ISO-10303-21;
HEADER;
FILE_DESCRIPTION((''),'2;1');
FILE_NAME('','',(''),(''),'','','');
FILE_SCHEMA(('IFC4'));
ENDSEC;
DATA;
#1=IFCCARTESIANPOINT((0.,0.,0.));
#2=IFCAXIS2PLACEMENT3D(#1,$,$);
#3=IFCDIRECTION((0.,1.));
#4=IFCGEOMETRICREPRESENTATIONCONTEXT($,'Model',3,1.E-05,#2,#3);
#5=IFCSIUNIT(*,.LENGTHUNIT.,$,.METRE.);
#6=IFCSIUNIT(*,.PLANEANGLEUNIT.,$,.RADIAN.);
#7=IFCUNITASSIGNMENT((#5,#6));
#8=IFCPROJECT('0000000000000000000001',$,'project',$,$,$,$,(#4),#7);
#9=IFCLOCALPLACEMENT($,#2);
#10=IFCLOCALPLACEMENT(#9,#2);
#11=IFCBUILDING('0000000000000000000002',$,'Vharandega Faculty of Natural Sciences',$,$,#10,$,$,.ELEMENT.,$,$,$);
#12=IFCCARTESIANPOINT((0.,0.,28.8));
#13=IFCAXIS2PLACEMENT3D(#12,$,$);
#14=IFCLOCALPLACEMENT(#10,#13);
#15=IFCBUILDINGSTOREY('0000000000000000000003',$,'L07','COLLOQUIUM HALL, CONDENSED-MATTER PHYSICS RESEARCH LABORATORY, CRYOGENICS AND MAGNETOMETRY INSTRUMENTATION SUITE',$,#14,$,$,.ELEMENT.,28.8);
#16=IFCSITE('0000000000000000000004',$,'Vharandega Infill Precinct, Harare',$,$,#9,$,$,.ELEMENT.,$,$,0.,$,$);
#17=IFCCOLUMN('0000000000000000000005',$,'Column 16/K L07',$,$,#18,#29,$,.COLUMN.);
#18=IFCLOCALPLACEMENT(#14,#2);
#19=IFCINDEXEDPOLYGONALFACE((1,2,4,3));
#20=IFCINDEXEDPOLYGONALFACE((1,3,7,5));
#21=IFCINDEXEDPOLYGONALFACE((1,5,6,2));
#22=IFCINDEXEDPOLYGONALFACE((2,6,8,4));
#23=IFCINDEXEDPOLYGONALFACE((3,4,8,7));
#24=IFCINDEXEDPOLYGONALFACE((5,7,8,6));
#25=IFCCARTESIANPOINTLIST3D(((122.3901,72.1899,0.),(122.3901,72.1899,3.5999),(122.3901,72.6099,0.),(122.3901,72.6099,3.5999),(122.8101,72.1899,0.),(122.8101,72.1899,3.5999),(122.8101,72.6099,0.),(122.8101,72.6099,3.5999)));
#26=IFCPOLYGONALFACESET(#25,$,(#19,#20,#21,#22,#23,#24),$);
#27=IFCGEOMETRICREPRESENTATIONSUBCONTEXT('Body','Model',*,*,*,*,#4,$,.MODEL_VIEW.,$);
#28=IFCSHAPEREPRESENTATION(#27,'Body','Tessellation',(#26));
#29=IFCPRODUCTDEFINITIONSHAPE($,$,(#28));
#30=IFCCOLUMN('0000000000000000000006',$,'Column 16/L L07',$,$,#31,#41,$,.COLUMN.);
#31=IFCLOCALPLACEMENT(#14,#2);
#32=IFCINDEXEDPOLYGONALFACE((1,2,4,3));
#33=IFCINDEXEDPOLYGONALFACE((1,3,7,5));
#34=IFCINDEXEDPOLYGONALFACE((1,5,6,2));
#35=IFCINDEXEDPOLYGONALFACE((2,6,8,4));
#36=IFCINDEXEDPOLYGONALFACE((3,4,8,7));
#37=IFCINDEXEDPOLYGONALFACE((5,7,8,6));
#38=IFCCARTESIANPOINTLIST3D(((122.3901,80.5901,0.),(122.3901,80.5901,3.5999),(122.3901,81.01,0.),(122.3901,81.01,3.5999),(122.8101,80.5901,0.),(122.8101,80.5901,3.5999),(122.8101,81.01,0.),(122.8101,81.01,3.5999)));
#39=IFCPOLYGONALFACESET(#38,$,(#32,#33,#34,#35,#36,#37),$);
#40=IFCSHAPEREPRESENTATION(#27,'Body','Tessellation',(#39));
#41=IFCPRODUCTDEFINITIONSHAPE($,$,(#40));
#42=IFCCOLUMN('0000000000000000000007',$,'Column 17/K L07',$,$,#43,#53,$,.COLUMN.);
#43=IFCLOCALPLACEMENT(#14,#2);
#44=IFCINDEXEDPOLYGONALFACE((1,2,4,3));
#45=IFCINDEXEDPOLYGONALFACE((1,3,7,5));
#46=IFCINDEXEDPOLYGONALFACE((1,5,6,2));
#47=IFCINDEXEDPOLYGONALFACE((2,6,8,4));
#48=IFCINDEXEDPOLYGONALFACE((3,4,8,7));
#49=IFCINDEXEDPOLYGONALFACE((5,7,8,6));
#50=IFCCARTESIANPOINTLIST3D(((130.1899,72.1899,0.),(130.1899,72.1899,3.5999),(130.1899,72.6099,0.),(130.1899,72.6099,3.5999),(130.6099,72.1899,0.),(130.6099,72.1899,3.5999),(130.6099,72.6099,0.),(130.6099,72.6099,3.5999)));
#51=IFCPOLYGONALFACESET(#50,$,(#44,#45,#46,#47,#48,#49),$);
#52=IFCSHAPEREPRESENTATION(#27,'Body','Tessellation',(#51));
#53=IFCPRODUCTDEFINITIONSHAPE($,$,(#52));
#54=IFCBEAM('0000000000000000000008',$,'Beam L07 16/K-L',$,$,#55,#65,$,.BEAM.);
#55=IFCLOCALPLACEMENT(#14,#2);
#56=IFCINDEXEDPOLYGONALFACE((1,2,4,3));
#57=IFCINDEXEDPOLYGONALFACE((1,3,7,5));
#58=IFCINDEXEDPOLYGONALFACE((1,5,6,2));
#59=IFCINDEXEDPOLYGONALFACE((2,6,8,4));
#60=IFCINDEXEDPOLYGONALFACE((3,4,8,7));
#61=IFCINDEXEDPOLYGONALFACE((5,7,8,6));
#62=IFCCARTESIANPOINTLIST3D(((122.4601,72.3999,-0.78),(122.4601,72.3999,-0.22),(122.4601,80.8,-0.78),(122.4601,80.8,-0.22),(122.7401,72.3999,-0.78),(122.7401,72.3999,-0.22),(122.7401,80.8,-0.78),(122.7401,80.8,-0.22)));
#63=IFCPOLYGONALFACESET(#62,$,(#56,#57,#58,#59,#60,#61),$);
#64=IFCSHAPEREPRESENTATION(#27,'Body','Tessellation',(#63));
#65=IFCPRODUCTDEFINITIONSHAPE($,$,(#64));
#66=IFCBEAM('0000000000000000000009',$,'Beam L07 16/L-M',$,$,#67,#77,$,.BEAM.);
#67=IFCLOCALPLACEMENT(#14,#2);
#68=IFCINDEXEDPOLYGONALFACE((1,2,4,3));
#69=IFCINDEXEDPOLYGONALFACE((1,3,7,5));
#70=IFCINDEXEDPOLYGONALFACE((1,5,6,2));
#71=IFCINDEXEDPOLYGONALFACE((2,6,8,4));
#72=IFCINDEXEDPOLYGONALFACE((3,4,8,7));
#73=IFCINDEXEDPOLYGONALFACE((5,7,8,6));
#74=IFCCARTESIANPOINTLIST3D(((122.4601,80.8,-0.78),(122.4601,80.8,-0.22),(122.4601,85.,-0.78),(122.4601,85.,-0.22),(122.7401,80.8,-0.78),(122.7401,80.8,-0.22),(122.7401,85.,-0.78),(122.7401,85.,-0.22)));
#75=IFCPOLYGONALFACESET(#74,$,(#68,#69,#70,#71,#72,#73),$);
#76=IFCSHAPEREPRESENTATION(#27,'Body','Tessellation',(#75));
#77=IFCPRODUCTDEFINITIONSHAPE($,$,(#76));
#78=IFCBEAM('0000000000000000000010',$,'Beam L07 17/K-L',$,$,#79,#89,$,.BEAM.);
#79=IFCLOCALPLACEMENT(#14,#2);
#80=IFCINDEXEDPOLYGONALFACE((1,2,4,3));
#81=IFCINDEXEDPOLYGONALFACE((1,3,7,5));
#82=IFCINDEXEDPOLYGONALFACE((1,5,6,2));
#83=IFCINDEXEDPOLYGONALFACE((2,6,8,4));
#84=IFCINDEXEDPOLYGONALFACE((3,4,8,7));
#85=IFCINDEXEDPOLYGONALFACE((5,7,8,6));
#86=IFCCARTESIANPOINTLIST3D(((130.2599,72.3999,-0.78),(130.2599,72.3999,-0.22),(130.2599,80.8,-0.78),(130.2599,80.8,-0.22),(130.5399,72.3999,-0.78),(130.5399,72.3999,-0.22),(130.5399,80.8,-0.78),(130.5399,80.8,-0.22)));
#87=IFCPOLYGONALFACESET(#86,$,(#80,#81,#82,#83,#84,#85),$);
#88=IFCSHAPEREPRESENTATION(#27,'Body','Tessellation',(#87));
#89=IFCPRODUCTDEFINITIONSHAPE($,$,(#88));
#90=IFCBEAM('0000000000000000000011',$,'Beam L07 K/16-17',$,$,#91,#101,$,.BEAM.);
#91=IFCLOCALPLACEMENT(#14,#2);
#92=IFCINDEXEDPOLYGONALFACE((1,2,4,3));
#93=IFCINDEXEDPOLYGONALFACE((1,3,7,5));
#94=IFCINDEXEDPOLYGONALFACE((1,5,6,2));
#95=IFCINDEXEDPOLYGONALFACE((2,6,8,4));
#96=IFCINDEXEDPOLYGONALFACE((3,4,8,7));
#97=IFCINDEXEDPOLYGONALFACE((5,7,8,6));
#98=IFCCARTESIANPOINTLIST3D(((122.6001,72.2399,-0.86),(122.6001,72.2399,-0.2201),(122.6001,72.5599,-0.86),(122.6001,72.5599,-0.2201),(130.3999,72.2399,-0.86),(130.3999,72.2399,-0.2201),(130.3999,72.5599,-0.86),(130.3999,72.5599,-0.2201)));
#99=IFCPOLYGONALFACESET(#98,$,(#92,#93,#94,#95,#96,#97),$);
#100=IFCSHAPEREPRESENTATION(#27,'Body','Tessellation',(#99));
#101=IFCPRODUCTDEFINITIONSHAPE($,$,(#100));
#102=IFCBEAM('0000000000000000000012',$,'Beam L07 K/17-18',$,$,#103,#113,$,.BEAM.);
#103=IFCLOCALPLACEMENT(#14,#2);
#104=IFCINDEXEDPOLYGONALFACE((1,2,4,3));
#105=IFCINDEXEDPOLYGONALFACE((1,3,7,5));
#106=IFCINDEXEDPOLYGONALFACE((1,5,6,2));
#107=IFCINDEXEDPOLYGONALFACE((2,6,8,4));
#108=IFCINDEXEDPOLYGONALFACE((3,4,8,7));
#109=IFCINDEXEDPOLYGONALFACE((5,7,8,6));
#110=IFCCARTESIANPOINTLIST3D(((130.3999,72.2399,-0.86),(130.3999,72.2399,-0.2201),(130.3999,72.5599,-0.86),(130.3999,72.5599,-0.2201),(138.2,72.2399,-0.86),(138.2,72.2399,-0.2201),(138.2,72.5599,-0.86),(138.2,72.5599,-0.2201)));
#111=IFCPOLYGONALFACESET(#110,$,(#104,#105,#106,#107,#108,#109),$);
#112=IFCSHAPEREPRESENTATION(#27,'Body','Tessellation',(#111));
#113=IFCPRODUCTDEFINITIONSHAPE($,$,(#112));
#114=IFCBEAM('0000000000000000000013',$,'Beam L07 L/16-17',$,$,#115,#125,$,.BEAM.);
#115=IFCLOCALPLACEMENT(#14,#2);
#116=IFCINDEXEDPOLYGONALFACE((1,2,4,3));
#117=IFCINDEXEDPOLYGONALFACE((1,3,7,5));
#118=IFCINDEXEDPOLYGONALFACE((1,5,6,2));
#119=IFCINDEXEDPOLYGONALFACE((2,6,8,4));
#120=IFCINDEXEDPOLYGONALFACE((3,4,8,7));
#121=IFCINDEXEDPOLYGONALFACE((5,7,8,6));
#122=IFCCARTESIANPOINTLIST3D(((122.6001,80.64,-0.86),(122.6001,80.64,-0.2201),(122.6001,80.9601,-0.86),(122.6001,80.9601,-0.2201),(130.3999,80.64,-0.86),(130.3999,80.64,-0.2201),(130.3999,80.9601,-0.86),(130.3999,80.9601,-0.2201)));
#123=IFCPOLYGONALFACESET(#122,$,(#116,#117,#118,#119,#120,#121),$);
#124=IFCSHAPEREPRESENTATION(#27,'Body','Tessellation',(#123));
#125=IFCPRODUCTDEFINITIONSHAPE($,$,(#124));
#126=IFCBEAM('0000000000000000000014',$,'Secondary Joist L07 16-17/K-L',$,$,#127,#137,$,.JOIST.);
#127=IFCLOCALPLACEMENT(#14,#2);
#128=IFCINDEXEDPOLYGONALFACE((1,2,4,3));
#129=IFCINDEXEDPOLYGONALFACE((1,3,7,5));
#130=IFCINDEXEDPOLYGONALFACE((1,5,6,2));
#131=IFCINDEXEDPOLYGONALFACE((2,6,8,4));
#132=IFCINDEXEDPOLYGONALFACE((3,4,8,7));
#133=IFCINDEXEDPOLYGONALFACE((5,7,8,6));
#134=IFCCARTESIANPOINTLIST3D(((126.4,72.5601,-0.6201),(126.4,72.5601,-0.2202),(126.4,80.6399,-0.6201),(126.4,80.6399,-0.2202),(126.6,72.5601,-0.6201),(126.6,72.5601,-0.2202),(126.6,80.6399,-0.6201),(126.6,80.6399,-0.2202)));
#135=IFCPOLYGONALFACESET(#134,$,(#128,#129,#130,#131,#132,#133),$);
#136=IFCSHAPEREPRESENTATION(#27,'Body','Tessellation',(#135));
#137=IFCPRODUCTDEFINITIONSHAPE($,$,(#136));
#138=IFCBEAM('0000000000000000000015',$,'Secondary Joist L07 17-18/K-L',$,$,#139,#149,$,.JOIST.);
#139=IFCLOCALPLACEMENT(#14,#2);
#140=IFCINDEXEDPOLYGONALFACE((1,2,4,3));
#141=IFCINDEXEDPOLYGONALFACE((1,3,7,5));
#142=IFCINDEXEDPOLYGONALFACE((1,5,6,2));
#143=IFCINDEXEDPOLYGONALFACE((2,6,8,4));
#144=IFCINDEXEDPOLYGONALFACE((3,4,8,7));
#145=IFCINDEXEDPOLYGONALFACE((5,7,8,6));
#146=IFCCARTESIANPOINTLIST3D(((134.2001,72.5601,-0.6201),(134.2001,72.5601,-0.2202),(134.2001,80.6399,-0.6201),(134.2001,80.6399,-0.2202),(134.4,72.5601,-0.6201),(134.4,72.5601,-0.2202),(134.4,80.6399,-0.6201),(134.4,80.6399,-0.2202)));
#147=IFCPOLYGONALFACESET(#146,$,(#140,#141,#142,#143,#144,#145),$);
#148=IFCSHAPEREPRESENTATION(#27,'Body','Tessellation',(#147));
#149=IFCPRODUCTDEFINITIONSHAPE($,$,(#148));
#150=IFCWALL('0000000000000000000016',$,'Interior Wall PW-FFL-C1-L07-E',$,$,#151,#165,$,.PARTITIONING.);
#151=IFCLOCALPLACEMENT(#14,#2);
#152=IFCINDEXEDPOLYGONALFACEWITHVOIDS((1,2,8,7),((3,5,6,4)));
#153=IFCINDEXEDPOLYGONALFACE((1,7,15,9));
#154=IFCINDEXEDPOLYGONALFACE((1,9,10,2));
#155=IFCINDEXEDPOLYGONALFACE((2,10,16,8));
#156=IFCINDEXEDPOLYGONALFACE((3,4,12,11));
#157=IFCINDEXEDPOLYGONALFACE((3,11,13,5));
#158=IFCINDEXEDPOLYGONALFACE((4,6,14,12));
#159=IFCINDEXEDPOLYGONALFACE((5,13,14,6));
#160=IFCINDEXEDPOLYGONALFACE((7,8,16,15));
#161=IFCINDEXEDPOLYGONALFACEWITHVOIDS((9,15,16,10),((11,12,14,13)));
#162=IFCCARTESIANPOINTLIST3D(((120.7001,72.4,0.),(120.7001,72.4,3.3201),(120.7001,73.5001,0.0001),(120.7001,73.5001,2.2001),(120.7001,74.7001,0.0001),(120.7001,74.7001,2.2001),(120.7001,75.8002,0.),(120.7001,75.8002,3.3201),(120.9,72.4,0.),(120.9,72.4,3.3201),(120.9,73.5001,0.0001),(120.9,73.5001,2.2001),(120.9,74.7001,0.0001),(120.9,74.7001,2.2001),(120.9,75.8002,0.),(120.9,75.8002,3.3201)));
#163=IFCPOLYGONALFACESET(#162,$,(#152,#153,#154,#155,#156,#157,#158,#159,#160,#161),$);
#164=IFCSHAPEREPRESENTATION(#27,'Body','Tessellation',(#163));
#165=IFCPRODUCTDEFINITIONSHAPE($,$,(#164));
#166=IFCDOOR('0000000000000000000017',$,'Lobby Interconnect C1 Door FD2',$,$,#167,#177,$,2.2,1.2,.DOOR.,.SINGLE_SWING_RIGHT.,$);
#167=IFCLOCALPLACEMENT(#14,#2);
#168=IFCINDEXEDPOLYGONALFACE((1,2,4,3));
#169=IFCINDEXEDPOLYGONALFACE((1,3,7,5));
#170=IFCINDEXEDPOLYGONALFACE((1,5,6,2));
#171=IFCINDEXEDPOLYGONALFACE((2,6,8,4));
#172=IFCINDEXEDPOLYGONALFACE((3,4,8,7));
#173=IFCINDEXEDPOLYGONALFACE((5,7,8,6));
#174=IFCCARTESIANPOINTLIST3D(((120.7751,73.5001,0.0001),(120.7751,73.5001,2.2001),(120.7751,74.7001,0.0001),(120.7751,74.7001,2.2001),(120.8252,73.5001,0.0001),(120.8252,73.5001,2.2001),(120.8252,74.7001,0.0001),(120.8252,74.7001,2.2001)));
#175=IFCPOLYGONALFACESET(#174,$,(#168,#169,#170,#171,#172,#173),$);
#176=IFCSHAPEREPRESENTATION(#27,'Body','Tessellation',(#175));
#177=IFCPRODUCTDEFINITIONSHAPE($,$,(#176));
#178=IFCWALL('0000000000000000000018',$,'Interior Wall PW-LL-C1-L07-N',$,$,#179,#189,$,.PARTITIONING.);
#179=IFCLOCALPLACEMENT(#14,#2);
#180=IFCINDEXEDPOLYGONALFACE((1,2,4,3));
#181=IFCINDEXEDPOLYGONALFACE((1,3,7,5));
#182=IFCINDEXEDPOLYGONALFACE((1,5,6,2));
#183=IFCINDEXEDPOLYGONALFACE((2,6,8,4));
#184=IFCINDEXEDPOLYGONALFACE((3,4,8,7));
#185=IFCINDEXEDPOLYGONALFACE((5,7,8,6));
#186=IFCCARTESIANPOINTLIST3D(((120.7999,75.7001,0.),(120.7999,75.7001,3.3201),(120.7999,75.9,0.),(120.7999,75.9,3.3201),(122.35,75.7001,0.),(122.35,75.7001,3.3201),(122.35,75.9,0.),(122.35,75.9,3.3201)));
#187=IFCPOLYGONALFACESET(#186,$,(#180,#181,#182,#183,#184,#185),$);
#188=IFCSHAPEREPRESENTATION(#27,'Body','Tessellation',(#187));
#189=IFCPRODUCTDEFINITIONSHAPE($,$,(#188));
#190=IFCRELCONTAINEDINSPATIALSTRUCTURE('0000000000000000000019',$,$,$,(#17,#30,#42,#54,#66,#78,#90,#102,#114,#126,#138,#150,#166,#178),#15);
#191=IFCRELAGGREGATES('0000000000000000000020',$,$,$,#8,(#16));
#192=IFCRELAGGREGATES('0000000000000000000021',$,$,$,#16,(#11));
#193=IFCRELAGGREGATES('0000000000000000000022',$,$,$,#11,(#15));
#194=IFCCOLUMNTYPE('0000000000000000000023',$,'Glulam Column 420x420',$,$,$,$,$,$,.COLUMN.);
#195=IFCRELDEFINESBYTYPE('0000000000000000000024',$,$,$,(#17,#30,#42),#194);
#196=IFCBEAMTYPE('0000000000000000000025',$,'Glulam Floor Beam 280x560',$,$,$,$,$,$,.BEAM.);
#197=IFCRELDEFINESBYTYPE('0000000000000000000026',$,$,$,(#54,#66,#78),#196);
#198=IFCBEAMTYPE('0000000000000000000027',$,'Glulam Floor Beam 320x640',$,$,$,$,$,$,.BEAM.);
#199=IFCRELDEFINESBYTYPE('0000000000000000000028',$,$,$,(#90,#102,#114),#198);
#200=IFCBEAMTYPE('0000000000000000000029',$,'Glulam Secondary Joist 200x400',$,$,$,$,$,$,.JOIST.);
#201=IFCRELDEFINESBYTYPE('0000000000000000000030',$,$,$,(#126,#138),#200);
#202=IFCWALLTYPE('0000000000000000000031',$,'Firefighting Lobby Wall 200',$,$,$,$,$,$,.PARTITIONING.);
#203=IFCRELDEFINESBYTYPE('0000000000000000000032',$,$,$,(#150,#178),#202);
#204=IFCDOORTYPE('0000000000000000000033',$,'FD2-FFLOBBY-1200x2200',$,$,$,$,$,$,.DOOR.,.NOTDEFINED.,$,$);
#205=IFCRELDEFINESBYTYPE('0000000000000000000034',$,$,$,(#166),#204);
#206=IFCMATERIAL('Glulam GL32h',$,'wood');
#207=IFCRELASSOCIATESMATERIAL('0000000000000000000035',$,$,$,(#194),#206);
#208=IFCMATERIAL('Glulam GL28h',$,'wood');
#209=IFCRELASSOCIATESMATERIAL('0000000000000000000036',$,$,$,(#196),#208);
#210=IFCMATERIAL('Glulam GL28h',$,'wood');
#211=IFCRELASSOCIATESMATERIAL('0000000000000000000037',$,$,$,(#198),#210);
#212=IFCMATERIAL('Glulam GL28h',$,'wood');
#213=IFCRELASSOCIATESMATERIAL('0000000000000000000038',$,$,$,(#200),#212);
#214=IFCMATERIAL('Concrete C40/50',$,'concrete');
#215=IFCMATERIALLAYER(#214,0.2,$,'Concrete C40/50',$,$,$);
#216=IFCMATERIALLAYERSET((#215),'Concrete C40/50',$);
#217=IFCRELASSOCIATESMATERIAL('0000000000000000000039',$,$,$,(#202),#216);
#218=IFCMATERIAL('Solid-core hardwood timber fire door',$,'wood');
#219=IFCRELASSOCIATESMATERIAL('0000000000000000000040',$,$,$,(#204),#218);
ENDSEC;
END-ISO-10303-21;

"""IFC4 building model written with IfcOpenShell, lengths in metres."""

from ifc_helpers import new_model, si_unit, direction, frame, frame_2d, origin, origin_2d, place, context, subcontext, project, spatial, rectangle, extrude, material, layer, layer_set, material_profile, profile_set, type_object, element, fill, save


model = new_model("IFC4")

# Units and contexts
model_context = context("Model", 3, precision=1e-05, world=origin(), true_north=direction((0.0, 1.0)))
body_context = subcontext(model_context, "Body", "Model", "MODEL_VIEW")
ifc_project = project(units=[si_unit("LENGTHUNIT", "METRE"), si_unit("PLANEANGLEUNIT", "RADIAN")], contexts=[model_context])

# Site, building, storey
site_placement = place(None, origin())
site = spatial("IfcSite", under=ifc_project, at=site_placement, Name="Vharandega Infill Precinct, Harare", CompositionType="ELEMENT", RefElevation=0.0)
building_placement = place(site_placement, origin())
building = spatial("IfcBuilding", under=site, at=building_placement, Name="Vharandega Faculty of Natural Sciences", CompositionType="ELEMENT")
storey_placement = place(building_placement, frame((0.0, 0.0, 28.8)))
storey = spatial("IfcBuildingStorey", under=building, at=storey_placement, Name="L07", Description="COLLOQUIUM HALL, CONDENSED-MATTER PHYSICS RESEARCH LABORATORY, CRYOGENICS AND MAGNETOMETRY INSTRUMENTATION SUITE", CompositionType="ELEMENT", Elevation=28.8)

# Columns
ifc_material_1 = material(Name="Glulam GL32h", Category="wood")
ifc_material_profile_1 = material_profile(ifc_material_1, rectangle(XDim=0.4199, YDim=0.4199, at=origin_2d()), Name="GL32h 420x420")
ifc_profile_set_1 = profile_set([ifc_material_profile_1], Name="Glulam GL32h")
column_type = type_object("IfcColumnType", Name="Glulam Column 420x420", PredefinedType="COLUMN", material=ifc_profile_set_1)
for number, where, z_axis, x_axis, name in (
    (1, (122.6001, 72.3999, 0.0), (0.0, 0.0, 1.0), (1.0, 0.0, 0.0), "Column 16/K L07"),
    (2, (122.6001, 80.8, 0.0), (0.0, 0.0, 1.0), (1.0, 0.0, 0.0), "Column 16/L L07"),
    (3, (130.3999, 72.3999, 0.0), (0.0, 0.0, 1.0), (1.0, 0.0, 0.0), "Column 17/K L07"),
):
    element("IfcColumn", number, at=place(storey_placement, frame(where, z_axis=z_axis, x_axis=x_axis)), inside=storey, type_object=column_type, Name=name, PredefinedType="COLUMN", context=body_context, shape_type="SweptSolid", body=[
        extrude(rectangle(XDim=0.4199, YDim=0.4199, at=origin_2d()), origin(), (0.0, 0.0, 1.0), 3.5999),
    ])

# Beams
ifc_material_2 = material(Name="Glulam GL28h", Category="wood")
ifc_material_profile_2 = material_profile(ifc_material_2, rectangle(XDim=0.28, YDim=0.5601, at=origin_2d()), Name="GL28h 280x560")
ifc_profile_set_2 = profile_set([ifc_material_profile_2], Name="Glulam GL28h")
beam_type_1 = type_object("IfcBeamType", Name="Glulam Floor Beam 280x560", PredefinedType="BEAM", material=ifc_profile_set_2)
beam_1_placement = place(storey_placement, frame((122.6001, 72.3999, -0.5), z_axis=(0.0, 1.0, 0.0), x_axis=(-1.0, 0.0, 0.0)))
element("IfcBeam", 4, at=beam_1_placement, inside=storey, type_object=beam_type_1, Name="Beam L07 16/K-L", PredefinedType="BEAM", context=body_context, shape_type="SweptSolid", body=[
    extrude(rectangle(XDim=0.28, YDim=0.5601, at=origin_2d()), origin(), (0.0, 0.0, 1.0), 8.4001),
])
beam_2_placement = place(storey_placement, frame((122.6001, 80.8, -0.5), z_axis=(0.0, 1.0, 0.0), x_axis=(-1.0, 0.0, 0.0)))
element("IfcBeam", 5, at=beam_2_placement, inside=storey, type_object=beam_type_1, Name="Beam L07 16/L-M", PredefinedType="BEAM", context=body_context, shape_type="SweptSolid", body=[
    extrude(rectangle(XDim=0.28, YDim=0.5601, at=origin_2d()), origin(), (0.0, 0.0, 1.0), 4.2),
])
beam_3_placement = place(storey_placement, frame((130.3999, 72.3999, -0.5), z_axis=(0.0, 1.0, 0.0), x_axis=(-1.0, 0.0, 0.0)))
element("IfcBeam", 6, at=beam_3_placement, inside=storey, type_object=beam_type_1, Name="Beam L07 17/K-L", PredefinedType="BEAM", context=body_context, shape_type="SweptSolid", body=[
    extrude(rectangle(XDim=0.28, YDim=0.5601, at=origin_2d()), origin(), (0.0, 0.0, 1.0), 8.4001),
])
ifc_material_3 = material(Name="Glulam GL28h", Category="wood")
ifc_material_profile_3 = material_profile(ifc_material_3, rectangle(XDim=0.3201, YDim=0.6399, at=origin_2d()), Name="GL28h 320x640")
ifc_profile_set_3 = profile_set([ifc_material_profile_3], Name="Glulam GL28h")
beam_type_2 = type_object("IfcBeamType", Name="Glulam Floor Beam 320x640", PredefinedType="BEAM", material=ifc_profile_set_3)
beam_4_placement = place(storey_placement, frame((122.6001, 72.3999, -0.54), z_axis=(1.0, 0.0, 0.0), x_axis=(0.0, 1.0, 0.0)))
element("IfcBeam", 7, at=beam_4_placement, inside=storey, type_object=beam_type_2, Name="Beam L07 K/16-17", PredefinedType="BEAM", context=body_context, shape_type="SweptSolid", body=[
    extrude(rectangle(XDim=0.3201, YDim=0.6399, at=origin_2d()), origin(), (0.0, 0.0, 1.0), 7.7998),
])
beam_5_placement = place(storey_placement, frame((130.3999, 72.3999, -0.54), z_axis=(1.0, 0.0, 0.0), x_axis=(0.0, 1.0, 0.0)))
element("IfcBeam", 8, at=beam_5_placement, inside=storey, type_object=beam_type_2, Name="Beam L07 K/17-18", PredefinedType="BEAM", context=body_context, shape_type="SweptSolid", body=[
    extrude(rectangle(XDim=0.3201, YDim=0.6399, at=origin_2d()), origin(), (0.0, 0.0, 1.0), 7.8),
])
beam_6_placement = place(storey_placement, frame((122.6001, 80.8, -0.54), z_axis=(1.0, 0.0, 0.0), x_axis=(0.0, 1.0, 0.0)))
element("IfcBeam", 9, at=beam_6_placement, inside=storey, type_object=beam_type_2, Name="Beam L07 L/16-17", PredefinedType="BEAM", context=body_context, shape_type="SweptSolid", body=[
    extrude(rectangle(XDim=0.3201, YDim=0.6399, at=origin_2d()), origin(), (0.0, 0.0, 1.0), 7.7998),
])
ifc_material_4 = material(Name="Glulam GL28h", Category="wood")
ifc_material_profile_4 = material_profile(ifc_material_4, rectangle(XDim=0.2, YDim=0.3999, at=origin_2d()), Name="GL28h 200x400")
ifc_profile_set_4 = profile_set([ifc_material_profile_4], Name="Glulam GL28h")
beam_type_3 = type_object("IfcBeamType", Name="Glulam Secondary Joist 200x400", PredefinedType="JOIST", material=ifc_profile_set_4)
for number, where, z_axis, x_axis, name in (
    (10, (126.5, 72.5601, -0.4202), (0.0, 1.0, 0.0), (-1.0, 0.0, 0.0), "Secondary Joist L07 16-17/K-L"),
    (11, (134.3, 72.5601, -0.4202), (0.0, 1.0, 0.0), (-1.0, 0.0, 0.0), "Secondary Joist L07 17-18/K-L"),
):
    element("IfcBeam", number, at=place(storey_placement, frame(where, z_axis=z_axis, x_axis=x_axis)), inside=storey, type_object=beam_type_3, Name=name, PredefinedType="JOIST", context=body_context, shape_type="SweptSolid", body=[
        extrude(rectangle(XDim=0.2, YDim=0.3999, at=origin_2d()), origin(), (0.0, 0.0, 1.0), 8.0798),
    ])

# Wall, opening, door
ifc_material_5 = material(Name="Concrete C40/50", Category="concrete")
ifc_layer_1 = layer(ifc_material_5, 0.2, Name="Concrete C40/50")
ifc_layer_set_1 = layer_set([ifc_layer_1], Name="Concrete C40/50")
wall_type_1 = type_object("IfcWallType", Name="Firefighting Lobby Wall 200", PredefinedType="PARTITIONING", material=ifc_layer_set_1)
wall_1_placement = place(storey_placement, frame((120.8, 72.3999, 0.0), z_axis=(0.0, 0.0, 1.0), x_axis=(0.0, 1.0, 0.0)))
wall_1 = element("IfcWall", 12, at=wall_1_placement, inside=storey, type_object=wall_type_1, Name="Interior Wall PW-FFL-C1-L07-E", PredefinedType="PARTITIONING", context=body_context, shape_type="SweptSolid", body=[
    extrude(rectangle(XDim=3.4001, YDim=0.2, at=frame_2d((1.7002, 0.0))), origin(), (0.0, 0.0, 1.0), 3.3201),
])
opening_1_placement = place(wall_1_placement, frame((1.1001, 0.0, 0.0)))
opening_1 = element("IfcOpeningElement", 13, at=opening_1_placement, cuts=wall_1, PredefinedType="OPENING", context=body_context, shape_type="SweptSolid", body=[
    extrude(rectangle(XDim=1.2, YDim=2.2, at=frame_2d((0.6001, 1.1001))), frame((0.0, 0.1099, 0.0), z_axis=(0.0, -1.0, 0.0), x_axis=(1.0, 0.0, 0.0)), (0.0, 0.0, 1.0), 0.22),
])
ifc_material_6 = material(Name="Solid-core hardwood timber fire door", Category="wood")
door_type_1 = type_object("IfcDoorType", Name="FD2-FFLOBBY-1200x2200", OperationType="NOTDEFINED", PredefinedType="DOOR", material=ifc_material_6)
door_1_placement = place(opening_1_placement, origin())
door_1 = element("IfcDoor", 14, at=door_1_placement, inside=storey, type_object=door_type_1, Name="Lobby Interconnect C1 Door FD2", OperationType="SINGLE_SWING_RIGHT", OverallHeight=2.2, OverallWidth=1.2, PredefinedType="DOOR", context=body_context, shape_type="SweptSolid", body=[
    extrude(rectangle(XDim=1.2, YDim=2.2, at=frame_2d((0.6001, 1.1001))), frame((0.0, 0.0249, 0.0), z_axis=(0.0, -1.0, 0.0), x_axis=(1.0, 0.0, 0.0)), (0.0, 0.0, 1.0), 0.05),
])
fill(opening_1, door_1)

# Wall
wall_2_placement = place(storey_placement, frame((120.8, 75.8, 0.0), z_axis=(0.0, 0.0, 1.0), x_axis=(1.0, 0.0, 0.0)))
element("IfcWall", 15, at=wall_2_placement, inside=storey, type_object=wall_type_1, Name="Interior Wall PW-LL-C1-L07-N", PredefinedType="PARTITIONING", context=body_context, shape_type="SweptSolid", body=[
    extrude(rectangle(XDim=1.55, YDim=0.2, at=frame_2d((0.7749, 0.0))), origin(), (0.0, 0.0, 1.0), 3.3201),
])

save(model, "model.ifc")
